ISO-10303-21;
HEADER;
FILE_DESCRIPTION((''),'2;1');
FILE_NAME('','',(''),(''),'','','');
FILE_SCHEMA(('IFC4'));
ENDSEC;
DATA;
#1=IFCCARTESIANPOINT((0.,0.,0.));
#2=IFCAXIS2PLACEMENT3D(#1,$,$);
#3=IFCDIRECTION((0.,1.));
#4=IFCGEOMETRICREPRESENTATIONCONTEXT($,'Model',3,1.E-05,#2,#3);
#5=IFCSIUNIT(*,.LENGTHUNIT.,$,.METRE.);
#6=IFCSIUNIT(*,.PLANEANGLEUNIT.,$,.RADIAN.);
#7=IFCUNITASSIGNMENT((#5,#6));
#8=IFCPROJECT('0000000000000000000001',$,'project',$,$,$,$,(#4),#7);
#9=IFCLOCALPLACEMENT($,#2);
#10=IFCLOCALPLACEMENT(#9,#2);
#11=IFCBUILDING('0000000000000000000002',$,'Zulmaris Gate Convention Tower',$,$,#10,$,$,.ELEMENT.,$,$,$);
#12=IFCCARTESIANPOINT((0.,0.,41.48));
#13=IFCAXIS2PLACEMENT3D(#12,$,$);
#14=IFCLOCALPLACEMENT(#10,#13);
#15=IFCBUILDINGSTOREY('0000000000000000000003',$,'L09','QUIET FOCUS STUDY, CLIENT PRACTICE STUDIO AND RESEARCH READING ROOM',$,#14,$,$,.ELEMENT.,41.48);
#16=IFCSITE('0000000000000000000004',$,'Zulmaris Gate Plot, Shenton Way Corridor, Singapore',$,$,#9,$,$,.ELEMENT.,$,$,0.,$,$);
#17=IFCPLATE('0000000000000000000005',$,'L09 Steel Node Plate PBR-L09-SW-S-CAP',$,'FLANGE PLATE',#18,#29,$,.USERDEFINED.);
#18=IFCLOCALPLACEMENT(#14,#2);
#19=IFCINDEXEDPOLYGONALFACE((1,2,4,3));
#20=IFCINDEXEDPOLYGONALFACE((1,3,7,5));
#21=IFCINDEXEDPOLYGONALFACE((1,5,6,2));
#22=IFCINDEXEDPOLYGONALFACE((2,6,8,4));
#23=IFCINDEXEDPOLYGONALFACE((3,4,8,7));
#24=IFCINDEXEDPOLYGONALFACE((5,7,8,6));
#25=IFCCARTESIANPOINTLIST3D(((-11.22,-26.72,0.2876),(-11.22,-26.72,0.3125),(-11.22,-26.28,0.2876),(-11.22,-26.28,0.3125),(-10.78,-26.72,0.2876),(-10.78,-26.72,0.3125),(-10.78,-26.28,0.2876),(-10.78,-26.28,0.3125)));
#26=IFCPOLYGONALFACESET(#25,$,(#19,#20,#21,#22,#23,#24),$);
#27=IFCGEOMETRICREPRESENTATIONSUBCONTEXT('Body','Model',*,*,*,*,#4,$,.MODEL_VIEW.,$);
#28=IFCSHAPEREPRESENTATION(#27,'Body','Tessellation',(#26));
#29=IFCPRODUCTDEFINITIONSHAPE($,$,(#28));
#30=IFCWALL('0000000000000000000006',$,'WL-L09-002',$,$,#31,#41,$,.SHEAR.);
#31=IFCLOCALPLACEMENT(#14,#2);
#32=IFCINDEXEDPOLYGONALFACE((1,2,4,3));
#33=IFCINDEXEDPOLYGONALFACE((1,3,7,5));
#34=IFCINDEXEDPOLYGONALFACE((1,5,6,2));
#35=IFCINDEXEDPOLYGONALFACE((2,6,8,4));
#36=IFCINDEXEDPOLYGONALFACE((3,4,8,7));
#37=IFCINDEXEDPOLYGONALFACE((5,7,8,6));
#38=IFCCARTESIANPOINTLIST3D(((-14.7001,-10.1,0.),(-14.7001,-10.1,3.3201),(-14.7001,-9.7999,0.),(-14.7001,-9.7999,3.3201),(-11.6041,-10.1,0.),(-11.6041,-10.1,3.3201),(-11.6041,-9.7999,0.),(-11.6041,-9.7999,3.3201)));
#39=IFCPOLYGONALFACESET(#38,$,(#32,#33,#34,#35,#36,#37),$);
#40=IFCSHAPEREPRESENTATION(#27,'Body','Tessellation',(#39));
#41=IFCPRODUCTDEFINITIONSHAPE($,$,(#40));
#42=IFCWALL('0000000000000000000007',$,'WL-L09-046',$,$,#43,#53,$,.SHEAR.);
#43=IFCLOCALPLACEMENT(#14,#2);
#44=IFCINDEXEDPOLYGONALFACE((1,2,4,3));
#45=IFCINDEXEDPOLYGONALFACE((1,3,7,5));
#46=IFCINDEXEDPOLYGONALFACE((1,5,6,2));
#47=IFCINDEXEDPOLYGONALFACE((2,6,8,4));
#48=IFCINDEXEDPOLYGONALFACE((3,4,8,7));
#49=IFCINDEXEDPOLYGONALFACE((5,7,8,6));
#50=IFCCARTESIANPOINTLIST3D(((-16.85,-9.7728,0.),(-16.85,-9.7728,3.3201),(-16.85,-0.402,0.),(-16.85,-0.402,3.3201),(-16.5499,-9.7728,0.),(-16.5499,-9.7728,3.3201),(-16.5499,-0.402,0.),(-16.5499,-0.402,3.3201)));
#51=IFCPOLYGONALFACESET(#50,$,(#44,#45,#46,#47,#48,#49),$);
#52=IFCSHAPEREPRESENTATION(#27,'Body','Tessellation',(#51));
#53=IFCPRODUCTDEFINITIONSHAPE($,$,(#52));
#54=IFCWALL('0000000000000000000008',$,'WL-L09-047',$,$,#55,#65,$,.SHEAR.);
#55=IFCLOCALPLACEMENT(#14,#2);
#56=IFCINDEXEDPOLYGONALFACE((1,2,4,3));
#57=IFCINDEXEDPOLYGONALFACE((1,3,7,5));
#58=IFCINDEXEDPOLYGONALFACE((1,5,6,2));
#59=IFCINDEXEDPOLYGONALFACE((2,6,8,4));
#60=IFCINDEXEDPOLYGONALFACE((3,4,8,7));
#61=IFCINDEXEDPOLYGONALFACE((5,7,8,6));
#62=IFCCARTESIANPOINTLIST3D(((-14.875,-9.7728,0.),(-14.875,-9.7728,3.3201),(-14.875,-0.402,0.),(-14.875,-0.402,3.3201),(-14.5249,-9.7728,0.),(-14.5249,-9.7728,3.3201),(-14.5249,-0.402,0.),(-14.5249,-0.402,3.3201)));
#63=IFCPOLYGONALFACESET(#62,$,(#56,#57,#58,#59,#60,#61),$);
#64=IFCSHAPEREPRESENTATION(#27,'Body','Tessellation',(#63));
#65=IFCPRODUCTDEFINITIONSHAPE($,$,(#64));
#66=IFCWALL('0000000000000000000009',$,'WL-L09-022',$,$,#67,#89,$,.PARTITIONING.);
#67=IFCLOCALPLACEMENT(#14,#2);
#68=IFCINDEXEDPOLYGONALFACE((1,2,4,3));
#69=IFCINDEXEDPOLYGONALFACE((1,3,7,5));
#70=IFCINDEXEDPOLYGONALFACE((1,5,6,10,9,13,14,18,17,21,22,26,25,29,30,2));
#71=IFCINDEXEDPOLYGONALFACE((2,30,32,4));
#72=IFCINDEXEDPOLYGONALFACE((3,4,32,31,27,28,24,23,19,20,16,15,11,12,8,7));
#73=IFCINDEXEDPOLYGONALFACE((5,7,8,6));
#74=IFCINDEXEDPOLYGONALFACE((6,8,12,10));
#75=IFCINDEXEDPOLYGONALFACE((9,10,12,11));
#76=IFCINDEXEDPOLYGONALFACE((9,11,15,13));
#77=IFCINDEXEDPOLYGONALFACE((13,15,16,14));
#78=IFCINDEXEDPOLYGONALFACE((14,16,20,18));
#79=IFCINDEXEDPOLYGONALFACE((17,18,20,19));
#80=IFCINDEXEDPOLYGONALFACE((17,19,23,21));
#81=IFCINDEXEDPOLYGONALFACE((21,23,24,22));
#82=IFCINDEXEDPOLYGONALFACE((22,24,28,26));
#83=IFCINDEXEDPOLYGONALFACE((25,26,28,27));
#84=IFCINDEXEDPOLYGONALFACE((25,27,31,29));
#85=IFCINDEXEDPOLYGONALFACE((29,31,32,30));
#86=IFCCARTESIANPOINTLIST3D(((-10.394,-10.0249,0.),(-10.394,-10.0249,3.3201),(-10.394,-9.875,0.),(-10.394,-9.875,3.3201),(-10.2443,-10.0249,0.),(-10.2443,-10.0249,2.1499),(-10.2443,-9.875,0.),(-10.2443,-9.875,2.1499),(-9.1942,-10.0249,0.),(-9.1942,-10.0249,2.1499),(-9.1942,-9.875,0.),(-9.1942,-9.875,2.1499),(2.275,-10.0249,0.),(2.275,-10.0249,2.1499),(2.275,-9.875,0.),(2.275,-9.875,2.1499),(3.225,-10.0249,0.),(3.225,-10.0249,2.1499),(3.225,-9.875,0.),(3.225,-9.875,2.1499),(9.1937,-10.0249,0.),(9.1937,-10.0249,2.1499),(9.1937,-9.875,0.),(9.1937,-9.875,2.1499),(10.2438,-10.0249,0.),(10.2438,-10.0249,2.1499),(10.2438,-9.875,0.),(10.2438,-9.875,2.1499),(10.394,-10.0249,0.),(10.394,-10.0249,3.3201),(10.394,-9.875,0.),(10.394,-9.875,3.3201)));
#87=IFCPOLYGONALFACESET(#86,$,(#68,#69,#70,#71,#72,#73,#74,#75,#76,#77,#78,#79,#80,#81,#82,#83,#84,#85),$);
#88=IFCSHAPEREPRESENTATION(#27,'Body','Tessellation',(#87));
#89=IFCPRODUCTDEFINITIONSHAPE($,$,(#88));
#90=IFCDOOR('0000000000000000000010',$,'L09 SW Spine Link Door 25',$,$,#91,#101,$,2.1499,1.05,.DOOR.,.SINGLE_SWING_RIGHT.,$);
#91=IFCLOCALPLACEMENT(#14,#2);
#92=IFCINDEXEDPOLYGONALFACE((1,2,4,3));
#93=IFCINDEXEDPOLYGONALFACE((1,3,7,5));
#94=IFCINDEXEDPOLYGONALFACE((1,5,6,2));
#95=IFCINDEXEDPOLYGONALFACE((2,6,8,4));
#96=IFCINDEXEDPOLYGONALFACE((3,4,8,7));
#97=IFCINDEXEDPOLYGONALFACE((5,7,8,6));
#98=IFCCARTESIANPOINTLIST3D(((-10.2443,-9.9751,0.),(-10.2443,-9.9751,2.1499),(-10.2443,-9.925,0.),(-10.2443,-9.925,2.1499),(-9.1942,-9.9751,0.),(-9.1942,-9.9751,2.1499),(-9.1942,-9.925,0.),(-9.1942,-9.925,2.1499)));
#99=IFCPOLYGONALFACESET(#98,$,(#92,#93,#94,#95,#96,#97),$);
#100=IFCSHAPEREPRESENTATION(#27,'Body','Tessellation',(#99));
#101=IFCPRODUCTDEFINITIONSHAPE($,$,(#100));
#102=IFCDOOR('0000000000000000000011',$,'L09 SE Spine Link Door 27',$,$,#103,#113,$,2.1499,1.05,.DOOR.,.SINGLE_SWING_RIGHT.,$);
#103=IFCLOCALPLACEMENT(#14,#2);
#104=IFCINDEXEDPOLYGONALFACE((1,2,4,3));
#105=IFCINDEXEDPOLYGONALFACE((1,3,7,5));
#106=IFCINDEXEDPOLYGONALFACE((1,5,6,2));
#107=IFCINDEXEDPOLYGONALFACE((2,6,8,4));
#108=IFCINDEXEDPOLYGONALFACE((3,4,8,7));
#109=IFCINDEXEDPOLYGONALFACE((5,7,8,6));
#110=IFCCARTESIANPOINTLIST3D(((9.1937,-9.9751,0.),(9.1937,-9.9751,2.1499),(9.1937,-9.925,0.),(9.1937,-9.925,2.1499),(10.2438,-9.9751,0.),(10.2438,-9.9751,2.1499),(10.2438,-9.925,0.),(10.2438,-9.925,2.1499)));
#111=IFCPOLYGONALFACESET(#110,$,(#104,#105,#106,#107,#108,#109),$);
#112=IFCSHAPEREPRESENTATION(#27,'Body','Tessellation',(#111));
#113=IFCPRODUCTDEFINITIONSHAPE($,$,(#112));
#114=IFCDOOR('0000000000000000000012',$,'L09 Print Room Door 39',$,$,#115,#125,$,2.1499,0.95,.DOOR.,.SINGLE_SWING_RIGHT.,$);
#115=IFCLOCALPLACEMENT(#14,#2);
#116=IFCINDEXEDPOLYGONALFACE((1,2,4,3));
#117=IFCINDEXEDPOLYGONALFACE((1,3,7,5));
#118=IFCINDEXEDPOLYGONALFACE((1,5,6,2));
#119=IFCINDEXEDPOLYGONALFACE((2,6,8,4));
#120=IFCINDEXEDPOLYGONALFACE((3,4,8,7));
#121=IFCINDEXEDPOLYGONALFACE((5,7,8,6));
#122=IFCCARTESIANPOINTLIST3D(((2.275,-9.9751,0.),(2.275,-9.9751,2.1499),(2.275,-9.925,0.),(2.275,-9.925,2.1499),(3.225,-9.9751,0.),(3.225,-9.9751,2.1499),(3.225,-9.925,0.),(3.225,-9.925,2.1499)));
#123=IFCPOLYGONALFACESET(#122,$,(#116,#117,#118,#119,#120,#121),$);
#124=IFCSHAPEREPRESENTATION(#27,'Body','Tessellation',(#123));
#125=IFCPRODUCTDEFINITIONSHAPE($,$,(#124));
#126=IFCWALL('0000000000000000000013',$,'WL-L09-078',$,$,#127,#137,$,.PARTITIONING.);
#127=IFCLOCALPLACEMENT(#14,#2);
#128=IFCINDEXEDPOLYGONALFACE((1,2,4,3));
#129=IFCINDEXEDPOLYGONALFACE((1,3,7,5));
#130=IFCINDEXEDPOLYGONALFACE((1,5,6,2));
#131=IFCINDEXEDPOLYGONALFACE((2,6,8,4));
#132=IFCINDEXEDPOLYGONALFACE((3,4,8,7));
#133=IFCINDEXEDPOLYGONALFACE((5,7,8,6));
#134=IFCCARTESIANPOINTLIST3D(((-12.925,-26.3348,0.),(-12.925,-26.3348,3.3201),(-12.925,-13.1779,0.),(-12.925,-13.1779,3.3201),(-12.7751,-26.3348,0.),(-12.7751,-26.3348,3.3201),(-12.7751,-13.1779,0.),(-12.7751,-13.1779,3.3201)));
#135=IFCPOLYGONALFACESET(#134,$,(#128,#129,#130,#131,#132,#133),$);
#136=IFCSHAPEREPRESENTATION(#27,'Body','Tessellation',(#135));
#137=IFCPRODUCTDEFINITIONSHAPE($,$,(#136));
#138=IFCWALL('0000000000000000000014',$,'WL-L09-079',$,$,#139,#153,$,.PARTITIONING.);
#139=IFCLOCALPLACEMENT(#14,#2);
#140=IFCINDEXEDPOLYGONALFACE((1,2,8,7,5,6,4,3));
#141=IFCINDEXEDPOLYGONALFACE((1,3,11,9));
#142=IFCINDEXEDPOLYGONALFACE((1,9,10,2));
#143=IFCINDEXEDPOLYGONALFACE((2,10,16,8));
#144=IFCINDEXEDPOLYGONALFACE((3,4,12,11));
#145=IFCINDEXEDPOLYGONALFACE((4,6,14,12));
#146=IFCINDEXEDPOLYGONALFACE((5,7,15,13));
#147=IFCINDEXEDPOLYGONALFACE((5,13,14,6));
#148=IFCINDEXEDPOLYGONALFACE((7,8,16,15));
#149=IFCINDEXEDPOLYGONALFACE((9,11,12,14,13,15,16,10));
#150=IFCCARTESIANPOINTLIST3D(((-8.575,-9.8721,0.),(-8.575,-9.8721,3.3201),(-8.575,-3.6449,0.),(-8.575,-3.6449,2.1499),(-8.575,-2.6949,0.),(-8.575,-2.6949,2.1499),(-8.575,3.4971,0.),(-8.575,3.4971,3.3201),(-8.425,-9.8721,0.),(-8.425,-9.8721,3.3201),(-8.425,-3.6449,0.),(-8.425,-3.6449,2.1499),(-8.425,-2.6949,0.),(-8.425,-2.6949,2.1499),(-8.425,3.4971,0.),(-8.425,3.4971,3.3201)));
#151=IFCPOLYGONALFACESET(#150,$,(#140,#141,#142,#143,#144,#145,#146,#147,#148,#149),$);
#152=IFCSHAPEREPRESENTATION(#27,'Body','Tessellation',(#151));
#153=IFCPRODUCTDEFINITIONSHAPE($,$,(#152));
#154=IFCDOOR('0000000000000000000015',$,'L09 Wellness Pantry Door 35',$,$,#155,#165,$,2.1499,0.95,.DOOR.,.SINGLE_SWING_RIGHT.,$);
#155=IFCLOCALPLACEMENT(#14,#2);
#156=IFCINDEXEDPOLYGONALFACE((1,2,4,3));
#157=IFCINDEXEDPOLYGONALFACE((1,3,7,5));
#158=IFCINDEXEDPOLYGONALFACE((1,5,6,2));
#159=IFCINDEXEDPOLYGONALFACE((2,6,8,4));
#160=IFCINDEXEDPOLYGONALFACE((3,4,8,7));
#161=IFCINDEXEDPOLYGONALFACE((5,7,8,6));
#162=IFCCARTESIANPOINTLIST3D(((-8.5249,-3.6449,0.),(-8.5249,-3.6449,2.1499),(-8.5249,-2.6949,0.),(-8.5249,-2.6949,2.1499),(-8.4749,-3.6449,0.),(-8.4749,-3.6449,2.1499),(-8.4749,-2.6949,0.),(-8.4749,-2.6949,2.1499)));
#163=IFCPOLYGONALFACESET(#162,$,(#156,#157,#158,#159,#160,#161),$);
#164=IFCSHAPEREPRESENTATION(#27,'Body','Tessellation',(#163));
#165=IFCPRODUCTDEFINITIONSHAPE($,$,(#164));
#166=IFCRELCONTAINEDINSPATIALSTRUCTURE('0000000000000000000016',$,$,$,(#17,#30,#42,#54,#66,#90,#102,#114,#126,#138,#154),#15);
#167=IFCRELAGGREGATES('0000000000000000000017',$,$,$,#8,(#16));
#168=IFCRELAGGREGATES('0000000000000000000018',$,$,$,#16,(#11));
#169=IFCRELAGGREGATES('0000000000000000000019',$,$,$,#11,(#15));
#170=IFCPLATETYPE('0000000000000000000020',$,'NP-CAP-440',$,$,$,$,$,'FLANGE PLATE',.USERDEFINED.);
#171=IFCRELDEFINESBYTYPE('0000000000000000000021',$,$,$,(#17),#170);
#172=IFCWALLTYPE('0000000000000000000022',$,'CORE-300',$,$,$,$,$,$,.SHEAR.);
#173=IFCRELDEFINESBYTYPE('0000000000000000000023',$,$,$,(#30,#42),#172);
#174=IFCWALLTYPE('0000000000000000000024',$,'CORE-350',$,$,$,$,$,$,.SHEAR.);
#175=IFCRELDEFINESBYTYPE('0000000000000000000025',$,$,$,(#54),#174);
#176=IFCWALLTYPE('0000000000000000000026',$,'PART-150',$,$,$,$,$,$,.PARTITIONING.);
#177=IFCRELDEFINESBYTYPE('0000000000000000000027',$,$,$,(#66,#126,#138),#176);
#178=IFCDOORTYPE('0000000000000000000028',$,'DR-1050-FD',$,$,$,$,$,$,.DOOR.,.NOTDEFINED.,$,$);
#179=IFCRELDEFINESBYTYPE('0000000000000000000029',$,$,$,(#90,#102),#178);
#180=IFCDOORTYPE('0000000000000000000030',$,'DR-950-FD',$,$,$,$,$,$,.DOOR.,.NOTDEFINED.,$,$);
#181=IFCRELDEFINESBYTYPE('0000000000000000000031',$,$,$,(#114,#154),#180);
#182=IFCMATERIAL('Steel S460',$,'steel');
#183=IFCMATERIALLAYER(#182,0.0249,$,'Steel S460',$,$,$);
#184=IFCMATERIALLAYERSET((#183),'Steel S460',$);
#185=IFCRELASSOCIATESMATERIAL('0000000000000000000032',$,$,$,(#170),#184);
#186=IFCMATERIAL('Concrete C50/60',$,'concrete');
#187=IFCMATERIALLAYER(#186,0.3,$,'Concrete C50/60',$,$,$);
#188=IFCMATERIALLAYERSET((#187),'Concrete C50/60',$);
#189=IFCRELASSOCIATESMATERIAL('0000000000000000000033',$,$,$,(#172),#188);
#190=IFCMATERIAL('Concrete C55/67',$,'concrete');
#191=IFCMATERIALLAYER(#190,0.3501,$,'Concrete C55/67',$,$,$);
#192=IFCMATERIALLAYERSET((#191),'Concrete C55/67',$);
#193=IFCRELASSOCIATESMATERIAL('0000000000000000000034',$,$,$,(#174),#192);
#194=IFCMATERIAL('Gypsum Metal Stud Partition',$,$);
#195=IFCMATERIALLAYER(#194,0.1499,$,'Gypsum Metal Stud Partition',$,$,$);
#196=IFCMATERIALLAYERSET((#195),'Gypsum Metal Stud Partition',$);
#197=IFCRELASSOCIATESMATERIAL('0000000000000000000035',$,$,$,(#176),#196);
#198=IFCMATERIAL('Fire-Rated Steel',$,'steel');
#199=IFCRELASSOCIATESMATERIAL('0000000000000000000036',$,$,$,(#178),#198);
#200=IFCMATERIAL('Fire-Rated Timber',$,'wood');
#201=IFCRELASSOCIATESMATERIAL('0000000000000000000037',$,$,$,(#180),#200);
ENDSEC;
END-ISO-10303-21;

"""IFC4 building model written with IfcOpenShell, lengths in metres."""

from ifc_helpers import new_model, si_unit, direction, frame, frame_2d, origin, origin_2d, place, context, subcontext, project, spatial, rectangle, extrude, material, layer, layer_set, type_object, element, fill, save


model = new_model("IFC4")

# Units and contexts
model_context = context("Model", 3, precision=1e-05, world=origin(), true_north=direction((0.0, 1.0)))
body_context = subcontext(model_context, "Body", "Model", "MODEL_VIEW")
ifc_project = project(units=[si_unit("LENGTHUNIT", "METRE"), si_unit("PLANEANGLEUNIT", "RADIAN")], contexts=[model_context])

# Site, building, storey
site_placement = place(None, origin())
site = spatial("IfcSite", under=ifc_project, at=site_placement, Name="Zulmaris Gate Plot, Shenton Way Corridor, Singapore", CompositionType="ELEMENT", RefElevation=0.0)
building_placement = place(site_placement, origin())
building = spatial("IfcBuilding", under=site, at=building_placement, Name="Zulmaris Gate Convention Tower", CompositionType="ELEMENT")
storey_placement = place(building_placement, frame((0.0, 0.0, 41.48)))
storey = spatial("IfcBuildingStorey", under=building, at=storey_placement, Name="L09", Description="QUIET FOCUS STUDY, CLIENT PRACTICE STUDIO AND RESEARCH READING ROOM", CompositionType="ELEMENT", Elevation=41.48)

# Shared definitions
ifc_material_1 = material(Name="Steel S460", Category="steel")

# Plate
ifc_layer_1 = layer(ifc_material_1, 0.0249, Name="Steel S460")
ifc_layer_set_1 = layer_set([ifc_layer_1], Name="Steel S460")
plate_type = type_object("IfcPlateType", Name="NP-CAP-440", ElementType="FLANGE PLATE", PredefinedType="USERDEFINED", material=ifc_layer_set_1)
plate_placement = place(storey_placement, frame((-11.0, -26.5, 0.2876), z_axis=(0.0, 0.0, 1.0), x_axis=(1.0, 0.0, 0.0)))
element("IfcPlate", 1, at=plate_placement, inside=storey, type_object=plate_type, Name="L09 Steel Node Plate PBR-L09-SW-S-CAP", ObjectType="FLANGE PLATE", PredefinedType="USERDEFINED", context=body_context, shape_type="SweptSolid", body=[
    extrude(rectangle(XDim=0.4399, YDim=0.4399, at=origin_2d()), origin(), (0.0, 0.0, 1.0), 0.0249),
])

# Walls
ifc_material_2 = material(Name="Concrete C50/60", Category="concrete")
ifc_layer_2 = layer(ifc_material_2, 0.3, Name="Concrete C50/60")
ifc_layer_set_2 = layer_set([ifc_layer_2], Name="Concrete C50/60")
wall_type_1 = type_object("IfcWallType", Name="CORE-300", PredefinedType="SHEAR", material=ifc_layer_set_2)
wall_1_placement = place(storey_placement, frame((-14.7, -9.95, 0.0), z_axis=(0.0, 0.0, 1.0), x_axis=(1.0, 0.0, 0.0)))
element("IfcWall", 2, at=wall_1_placement, inside=storey, type_object=wall_type_1, Name="WL-L09-002", PredefinedType="SHEAR", context=body_context, shape_type="SweptSolid", body=[
    extrude(rectangle(XDim=3.0959, YDim=0.3, at=frame_2d((1.5479, 0.0))), origin(), (0.0, 0.0, 1.0), 3.3201),
])
wall_2_placement = place(storey_placement, frame((-16.7, -9.7729, 0.0), z_axis=(0.0, 0.0, 1.0), x_axis=(0.0, 1.0, 0.0)))
element("IfcWall", 3, at=wall_2_placement, inside=storey, type_object=wall_type_1, Name="WL-L09-046", PredefinedType="SHEAR", context=body_context, shape_type="SweptSolid", body=[
    extrude(rectangle(XDim=9.3708, YDim=0.3, at=frame_2d((4.6855, 0.0))), origin(), (0.0, 0.0, 1.0), 3.3201),
])
ifc_material_3 = material(Name="Concrete C55/67", Category="concrete")
ifc_layer_3 = layer(ifc_material_3, 0.3501, Name="Concrete C55/67")
ifc_layer_set_3 = layer_set([ifc_layer_3], Name="Concrete C55/67")
wall_type_2 = type_object("IfcWallType", Name="CORE-350", PredefinedType="SHEAR", material=ifc_layer_set_3)
wall_3_placement = place(storey_placement, frame((-14.7, -9.7729, 0.0), z_axis=(0.0, 0.0, 1.0), x_axis=(0.0, 1.0, 0.0)))
element("IfcWall", 4, at=wall_3_placement, inside=storey, type_object=wall_type_2, Name="WL-L09-047", PredefinedType="SHEAR", context=body_context, shape_type="SweptSolid", body=[
    extrude(rectangle(XDim=9.3708, YDim=0.3501, at=frame_2d((4.6855, 0.0))), origin(), (0.0, 0.0, 1.0), 3.3201),
])

# Wall, openings, doors
ifc_material_4 = material(Name="Gypsum Metal Stud Partition")
ifc_layer_4 = layer(ifc_material_4, 0.1499, Name="Gypsum Metal Stud Partition")
ifc_layer_set_4 = layer_set([ifc_layer_4], Name="Gypsum Metal Stud Partition")
wall_type_3 = type_object("IfcWallType", Name="PART-150", PredefinedType="PARTITIONING", material=ifc_layer_set_4)
wall_4_placement = place(storey_placement, frame((-10.394, -9.95, 0.0), z_axis=(0.0, 0.0, 1.0), x_axis=(1.0, 0.0, 0.0)))
wall_4 = element("IfcWall", 5, at=wall_4_placement, inside=storey, type_object=wall_type_3, Name="WL-L09-022", PredefinedType="PARTITIONING", context=body_context, shape_type="SweptSolid", body=[
    extrude(rectangle(XDim=20.7881, YDim=0.1499, at=frame_2d((10.394, 0.0))), origin(), (0.0, 0.0, 1.0), 3.3201),
])
opening_1_placement = place(wall_4_placement, frame((0.1499, 0.0, 0.0)))
opening_1 = element("IfcOpeningElement", 6, at=opening_1_placement, cuts=wall_4, PredefinedType="OPENING", context=body_context, shape_type="SweptSolid", body=[
    extrude(rectangle(XDim=1.05, YDim=2.1499, at=frame_2d((0.5249, 1.075))), frame((0.0, 0.085, 0.0), z_axis=(0.0, -1.0, 0.0), x_axis=(1.0, 0.0, 0.0)), (0.0, 0.0, 1.0), 0.1699),
])
opening_2_placement = place(wall_4_placement, frame((19.5879, 0.0, 0.0)))
opening_2 = element("IfcOpeningElement", 7, at=opening_2_placement, cuts=wall_4, PredefinedType="OPENING", context=body_context, shape_type="SweptSolid", body=[
    extrude(rectangle(XDim=1.05, YDim=2.1499, at=frame_2d((0.5249, 1.075))), frame((0.0, 0.085, 0.0), z_axis=(0.0, -1.0, 0.0), x_axis=(1.0, 0.0, 0.0)), (0.0, 0.0, 1.0), 0.1699),
])
opening_3_placement = place(wall_4_placement, frame((12.6689, 0.0, 0.0)))
opening_3 = element("IfcOpeningElement", 8, at=opening_3_placement, cuts=wall_4, PredefinedType="OPENING", context=body_context, shape_type="SweptSolid", body=[
    extrude(rectangle(XDim=0.95, YDim=2.1499, at=frame_2d((0.4751, 1.075))), frame((0.0, 0.085, 0.0), z_axis=(0.0, -1.0, 0.0), x_axis=(1.0, 0.0, 0.0)), (0.0, 0.0, 1.0), 0.1699),
])
ifc_material_5 = material(Name="Fire-Rated Steel", Category="steel")
door_type_1 = type_object("IfcDoorType", Name="DR-1050-FD", OperationType="NOTDEFINED", PredefinedType="DOOR", material=ifc_material_5)
door_1_placement = place(opening_1_placement, origin())
door_1 = element("IfcDoor", 9, at=door_1_placement, inside=storey, type_object=door_type_1, Name="L09 SW Spine Link Door 25", OperationType="SINGLE_SWING_RIGHT", OverallHeight=2.1499, OverallWidth=1.05, PredefinedType="DOOR", context=body_context, shape_type="SweptSolid", body=[
    extrude(rectangle(XDim=1.05, YDim=2.1499, at=frame_2d((0.5249, 1.075))), frame((0.0, 0.0249, 0.0), z_axis=(0.0, -1.0, 0.0), x_axis=(1.0, 0.0, 0.0)), (0.0, 0.0, 1.0), 0.05),
])
fill(opening_1, door_1)
door_2_placement = place(opening_2_placement, origin())
door_2 = element("IfcDoor", 10, at=door_2_placement, inside=storey, type_object=door_type_1, Name="L09 SE Spine Link Door 27", OperationType="SINGLE_SWING_RIGHT", OverallHeight=2.1499, OverallWidth=1.05, PredefinedType="DOOR", context=body_context, shape_type="SweptSolid", body=[
    extrude(rectangle(XDim=1.05, YDim=2.1499, at=frame_2d((0.5249, 1.075))), frame((0.0, 0.0249, 0.0), z_axis=(0.0, -1.0, 0.0), x_axis=(1.0, 0.0, 0.0)), (0.0, 0.0, 1.0), 0.05),
])
fill(opening_2, door_2)
ifc_material_6 = material(Name="Fire-Rated Timber", Category="wood")
door_type_2 = type_object("IfcDoorType", Name="DR-950-FD", OperationType="NOTDEFINED", PredefinedType="DOOR", material=ifc_material_6)
door_3_placement = place(opening_3_placement, origin())
door_3 = element("IfcDoor", 11, at=door_3_placement, inside=storey, type_object=door_type_2, Name="L09 Print Room Door 39", OperationType="SINGLE_SWING_RIGHT", OverallHeight=2.1499, OverallWidth=0.95, PredefinedType="DOOR", context=body_context, shape_type="SweptSolid", body=[
    extrude(rectangle(XDim=0.95, YDim=2.1499, at=frame_2d((0.4751, 1.075))), frame((0.0, 0.0249, 0.0), z_axis=(0.0, -1.0, 0.0), x_axis=(1.0, 0.0, 0.0)), (0.0, 0.0, 1.0), 0.05),
])
fill(opening_3, door_3)

# Wall
wall_5_placement = place(storey_placement, frame((-12.8501, -26.335, 0.0), z_axis=(0.0, 0.0, 1.0), x_axis=(0.0, 1.0, 0.0)))
element("IfcWall", 12, at=wall_5_placement, inside=storey, type_object=wall_type_3, Name="WL-L09-078", PredefinedType="PARTITIONING", context=body_context, shape_type="SweptSolid", body=[
    extrude(rectangle(XDim=13.157, YDim=0.1499, at=frame_2d((6.5786, 0.0))), origin(), (0.0, 0.0, 1.0), 3.3201),
])

# Wall, opening, door
wall_6_placement = place(storey_placement, frame((-8.5, -9.8721, 0.0), z_axis=(0.0, 0.0, 1.0), x_axis=(0.0, 1.0, 0.0)))
wall_6 = element("IfcWall", 13, at=wall_6_placement, inside=storey, type_object=wall_type_3, Name="WL-L09-079", PredefinedType="PARTITIONING", context=body_context, shape_type="SweptSolid", body=[
    extrude(rectangle(XDim=13.3691, YDim=0.1499, at=frame_2d((6.6846, 0.0))), origin(), (0.0, 0.0, 1.0), 3.3201),
])
opening_4_placement = place(wall_6_placement, frame((6.2271, 0.0, 0.0)))
opening_4 = element("IfcOpeningElement", 14, at=opening_4_placement, cuts=wall_6, PredefinedType="OPENING", context=body_context, shape_type="SweptSolid", body=[
    extrude(rectangle(XDim=0.95, YDim=2.1499, at=frame_2d((0.4751, 1.075))), frame((0.0, 0.085, 0.0), z_axis=(0.0, -1.0, 0.0), x_axis=(1.0, 0.0, 0.0)), (0.0, 0.0, 1.0), 0.1699),
])
door_4_placement = place(opening_4_placement, origin())
door_4 = element("IfcDoor", 15, at=door_4_placement, inside=storey, type_object=door_type_2, Name="L09 Wellness Pantry Door 35", OperationType="SINGLE_SWING_RIGHT", OverallHeight=2.1499, OverallWidth=0.95, PredefinedType="DOOR", context=body_context, shape_type="SweptSolid", body=[
    extrude(rectangle(XDim=0.95, YDim=2.1499, at=frame_2d((0.4751, 1.075))), frame((0.0, 0.0249, 0.0), z_axis=(0.0, -1.0, 0.0), x_axis=(1.0, 0.0, 0.0)), (0.0, 0.0, 1.0), 0.05),
])
fill(opening_4, door_4)

save(model, "model.ifc")
